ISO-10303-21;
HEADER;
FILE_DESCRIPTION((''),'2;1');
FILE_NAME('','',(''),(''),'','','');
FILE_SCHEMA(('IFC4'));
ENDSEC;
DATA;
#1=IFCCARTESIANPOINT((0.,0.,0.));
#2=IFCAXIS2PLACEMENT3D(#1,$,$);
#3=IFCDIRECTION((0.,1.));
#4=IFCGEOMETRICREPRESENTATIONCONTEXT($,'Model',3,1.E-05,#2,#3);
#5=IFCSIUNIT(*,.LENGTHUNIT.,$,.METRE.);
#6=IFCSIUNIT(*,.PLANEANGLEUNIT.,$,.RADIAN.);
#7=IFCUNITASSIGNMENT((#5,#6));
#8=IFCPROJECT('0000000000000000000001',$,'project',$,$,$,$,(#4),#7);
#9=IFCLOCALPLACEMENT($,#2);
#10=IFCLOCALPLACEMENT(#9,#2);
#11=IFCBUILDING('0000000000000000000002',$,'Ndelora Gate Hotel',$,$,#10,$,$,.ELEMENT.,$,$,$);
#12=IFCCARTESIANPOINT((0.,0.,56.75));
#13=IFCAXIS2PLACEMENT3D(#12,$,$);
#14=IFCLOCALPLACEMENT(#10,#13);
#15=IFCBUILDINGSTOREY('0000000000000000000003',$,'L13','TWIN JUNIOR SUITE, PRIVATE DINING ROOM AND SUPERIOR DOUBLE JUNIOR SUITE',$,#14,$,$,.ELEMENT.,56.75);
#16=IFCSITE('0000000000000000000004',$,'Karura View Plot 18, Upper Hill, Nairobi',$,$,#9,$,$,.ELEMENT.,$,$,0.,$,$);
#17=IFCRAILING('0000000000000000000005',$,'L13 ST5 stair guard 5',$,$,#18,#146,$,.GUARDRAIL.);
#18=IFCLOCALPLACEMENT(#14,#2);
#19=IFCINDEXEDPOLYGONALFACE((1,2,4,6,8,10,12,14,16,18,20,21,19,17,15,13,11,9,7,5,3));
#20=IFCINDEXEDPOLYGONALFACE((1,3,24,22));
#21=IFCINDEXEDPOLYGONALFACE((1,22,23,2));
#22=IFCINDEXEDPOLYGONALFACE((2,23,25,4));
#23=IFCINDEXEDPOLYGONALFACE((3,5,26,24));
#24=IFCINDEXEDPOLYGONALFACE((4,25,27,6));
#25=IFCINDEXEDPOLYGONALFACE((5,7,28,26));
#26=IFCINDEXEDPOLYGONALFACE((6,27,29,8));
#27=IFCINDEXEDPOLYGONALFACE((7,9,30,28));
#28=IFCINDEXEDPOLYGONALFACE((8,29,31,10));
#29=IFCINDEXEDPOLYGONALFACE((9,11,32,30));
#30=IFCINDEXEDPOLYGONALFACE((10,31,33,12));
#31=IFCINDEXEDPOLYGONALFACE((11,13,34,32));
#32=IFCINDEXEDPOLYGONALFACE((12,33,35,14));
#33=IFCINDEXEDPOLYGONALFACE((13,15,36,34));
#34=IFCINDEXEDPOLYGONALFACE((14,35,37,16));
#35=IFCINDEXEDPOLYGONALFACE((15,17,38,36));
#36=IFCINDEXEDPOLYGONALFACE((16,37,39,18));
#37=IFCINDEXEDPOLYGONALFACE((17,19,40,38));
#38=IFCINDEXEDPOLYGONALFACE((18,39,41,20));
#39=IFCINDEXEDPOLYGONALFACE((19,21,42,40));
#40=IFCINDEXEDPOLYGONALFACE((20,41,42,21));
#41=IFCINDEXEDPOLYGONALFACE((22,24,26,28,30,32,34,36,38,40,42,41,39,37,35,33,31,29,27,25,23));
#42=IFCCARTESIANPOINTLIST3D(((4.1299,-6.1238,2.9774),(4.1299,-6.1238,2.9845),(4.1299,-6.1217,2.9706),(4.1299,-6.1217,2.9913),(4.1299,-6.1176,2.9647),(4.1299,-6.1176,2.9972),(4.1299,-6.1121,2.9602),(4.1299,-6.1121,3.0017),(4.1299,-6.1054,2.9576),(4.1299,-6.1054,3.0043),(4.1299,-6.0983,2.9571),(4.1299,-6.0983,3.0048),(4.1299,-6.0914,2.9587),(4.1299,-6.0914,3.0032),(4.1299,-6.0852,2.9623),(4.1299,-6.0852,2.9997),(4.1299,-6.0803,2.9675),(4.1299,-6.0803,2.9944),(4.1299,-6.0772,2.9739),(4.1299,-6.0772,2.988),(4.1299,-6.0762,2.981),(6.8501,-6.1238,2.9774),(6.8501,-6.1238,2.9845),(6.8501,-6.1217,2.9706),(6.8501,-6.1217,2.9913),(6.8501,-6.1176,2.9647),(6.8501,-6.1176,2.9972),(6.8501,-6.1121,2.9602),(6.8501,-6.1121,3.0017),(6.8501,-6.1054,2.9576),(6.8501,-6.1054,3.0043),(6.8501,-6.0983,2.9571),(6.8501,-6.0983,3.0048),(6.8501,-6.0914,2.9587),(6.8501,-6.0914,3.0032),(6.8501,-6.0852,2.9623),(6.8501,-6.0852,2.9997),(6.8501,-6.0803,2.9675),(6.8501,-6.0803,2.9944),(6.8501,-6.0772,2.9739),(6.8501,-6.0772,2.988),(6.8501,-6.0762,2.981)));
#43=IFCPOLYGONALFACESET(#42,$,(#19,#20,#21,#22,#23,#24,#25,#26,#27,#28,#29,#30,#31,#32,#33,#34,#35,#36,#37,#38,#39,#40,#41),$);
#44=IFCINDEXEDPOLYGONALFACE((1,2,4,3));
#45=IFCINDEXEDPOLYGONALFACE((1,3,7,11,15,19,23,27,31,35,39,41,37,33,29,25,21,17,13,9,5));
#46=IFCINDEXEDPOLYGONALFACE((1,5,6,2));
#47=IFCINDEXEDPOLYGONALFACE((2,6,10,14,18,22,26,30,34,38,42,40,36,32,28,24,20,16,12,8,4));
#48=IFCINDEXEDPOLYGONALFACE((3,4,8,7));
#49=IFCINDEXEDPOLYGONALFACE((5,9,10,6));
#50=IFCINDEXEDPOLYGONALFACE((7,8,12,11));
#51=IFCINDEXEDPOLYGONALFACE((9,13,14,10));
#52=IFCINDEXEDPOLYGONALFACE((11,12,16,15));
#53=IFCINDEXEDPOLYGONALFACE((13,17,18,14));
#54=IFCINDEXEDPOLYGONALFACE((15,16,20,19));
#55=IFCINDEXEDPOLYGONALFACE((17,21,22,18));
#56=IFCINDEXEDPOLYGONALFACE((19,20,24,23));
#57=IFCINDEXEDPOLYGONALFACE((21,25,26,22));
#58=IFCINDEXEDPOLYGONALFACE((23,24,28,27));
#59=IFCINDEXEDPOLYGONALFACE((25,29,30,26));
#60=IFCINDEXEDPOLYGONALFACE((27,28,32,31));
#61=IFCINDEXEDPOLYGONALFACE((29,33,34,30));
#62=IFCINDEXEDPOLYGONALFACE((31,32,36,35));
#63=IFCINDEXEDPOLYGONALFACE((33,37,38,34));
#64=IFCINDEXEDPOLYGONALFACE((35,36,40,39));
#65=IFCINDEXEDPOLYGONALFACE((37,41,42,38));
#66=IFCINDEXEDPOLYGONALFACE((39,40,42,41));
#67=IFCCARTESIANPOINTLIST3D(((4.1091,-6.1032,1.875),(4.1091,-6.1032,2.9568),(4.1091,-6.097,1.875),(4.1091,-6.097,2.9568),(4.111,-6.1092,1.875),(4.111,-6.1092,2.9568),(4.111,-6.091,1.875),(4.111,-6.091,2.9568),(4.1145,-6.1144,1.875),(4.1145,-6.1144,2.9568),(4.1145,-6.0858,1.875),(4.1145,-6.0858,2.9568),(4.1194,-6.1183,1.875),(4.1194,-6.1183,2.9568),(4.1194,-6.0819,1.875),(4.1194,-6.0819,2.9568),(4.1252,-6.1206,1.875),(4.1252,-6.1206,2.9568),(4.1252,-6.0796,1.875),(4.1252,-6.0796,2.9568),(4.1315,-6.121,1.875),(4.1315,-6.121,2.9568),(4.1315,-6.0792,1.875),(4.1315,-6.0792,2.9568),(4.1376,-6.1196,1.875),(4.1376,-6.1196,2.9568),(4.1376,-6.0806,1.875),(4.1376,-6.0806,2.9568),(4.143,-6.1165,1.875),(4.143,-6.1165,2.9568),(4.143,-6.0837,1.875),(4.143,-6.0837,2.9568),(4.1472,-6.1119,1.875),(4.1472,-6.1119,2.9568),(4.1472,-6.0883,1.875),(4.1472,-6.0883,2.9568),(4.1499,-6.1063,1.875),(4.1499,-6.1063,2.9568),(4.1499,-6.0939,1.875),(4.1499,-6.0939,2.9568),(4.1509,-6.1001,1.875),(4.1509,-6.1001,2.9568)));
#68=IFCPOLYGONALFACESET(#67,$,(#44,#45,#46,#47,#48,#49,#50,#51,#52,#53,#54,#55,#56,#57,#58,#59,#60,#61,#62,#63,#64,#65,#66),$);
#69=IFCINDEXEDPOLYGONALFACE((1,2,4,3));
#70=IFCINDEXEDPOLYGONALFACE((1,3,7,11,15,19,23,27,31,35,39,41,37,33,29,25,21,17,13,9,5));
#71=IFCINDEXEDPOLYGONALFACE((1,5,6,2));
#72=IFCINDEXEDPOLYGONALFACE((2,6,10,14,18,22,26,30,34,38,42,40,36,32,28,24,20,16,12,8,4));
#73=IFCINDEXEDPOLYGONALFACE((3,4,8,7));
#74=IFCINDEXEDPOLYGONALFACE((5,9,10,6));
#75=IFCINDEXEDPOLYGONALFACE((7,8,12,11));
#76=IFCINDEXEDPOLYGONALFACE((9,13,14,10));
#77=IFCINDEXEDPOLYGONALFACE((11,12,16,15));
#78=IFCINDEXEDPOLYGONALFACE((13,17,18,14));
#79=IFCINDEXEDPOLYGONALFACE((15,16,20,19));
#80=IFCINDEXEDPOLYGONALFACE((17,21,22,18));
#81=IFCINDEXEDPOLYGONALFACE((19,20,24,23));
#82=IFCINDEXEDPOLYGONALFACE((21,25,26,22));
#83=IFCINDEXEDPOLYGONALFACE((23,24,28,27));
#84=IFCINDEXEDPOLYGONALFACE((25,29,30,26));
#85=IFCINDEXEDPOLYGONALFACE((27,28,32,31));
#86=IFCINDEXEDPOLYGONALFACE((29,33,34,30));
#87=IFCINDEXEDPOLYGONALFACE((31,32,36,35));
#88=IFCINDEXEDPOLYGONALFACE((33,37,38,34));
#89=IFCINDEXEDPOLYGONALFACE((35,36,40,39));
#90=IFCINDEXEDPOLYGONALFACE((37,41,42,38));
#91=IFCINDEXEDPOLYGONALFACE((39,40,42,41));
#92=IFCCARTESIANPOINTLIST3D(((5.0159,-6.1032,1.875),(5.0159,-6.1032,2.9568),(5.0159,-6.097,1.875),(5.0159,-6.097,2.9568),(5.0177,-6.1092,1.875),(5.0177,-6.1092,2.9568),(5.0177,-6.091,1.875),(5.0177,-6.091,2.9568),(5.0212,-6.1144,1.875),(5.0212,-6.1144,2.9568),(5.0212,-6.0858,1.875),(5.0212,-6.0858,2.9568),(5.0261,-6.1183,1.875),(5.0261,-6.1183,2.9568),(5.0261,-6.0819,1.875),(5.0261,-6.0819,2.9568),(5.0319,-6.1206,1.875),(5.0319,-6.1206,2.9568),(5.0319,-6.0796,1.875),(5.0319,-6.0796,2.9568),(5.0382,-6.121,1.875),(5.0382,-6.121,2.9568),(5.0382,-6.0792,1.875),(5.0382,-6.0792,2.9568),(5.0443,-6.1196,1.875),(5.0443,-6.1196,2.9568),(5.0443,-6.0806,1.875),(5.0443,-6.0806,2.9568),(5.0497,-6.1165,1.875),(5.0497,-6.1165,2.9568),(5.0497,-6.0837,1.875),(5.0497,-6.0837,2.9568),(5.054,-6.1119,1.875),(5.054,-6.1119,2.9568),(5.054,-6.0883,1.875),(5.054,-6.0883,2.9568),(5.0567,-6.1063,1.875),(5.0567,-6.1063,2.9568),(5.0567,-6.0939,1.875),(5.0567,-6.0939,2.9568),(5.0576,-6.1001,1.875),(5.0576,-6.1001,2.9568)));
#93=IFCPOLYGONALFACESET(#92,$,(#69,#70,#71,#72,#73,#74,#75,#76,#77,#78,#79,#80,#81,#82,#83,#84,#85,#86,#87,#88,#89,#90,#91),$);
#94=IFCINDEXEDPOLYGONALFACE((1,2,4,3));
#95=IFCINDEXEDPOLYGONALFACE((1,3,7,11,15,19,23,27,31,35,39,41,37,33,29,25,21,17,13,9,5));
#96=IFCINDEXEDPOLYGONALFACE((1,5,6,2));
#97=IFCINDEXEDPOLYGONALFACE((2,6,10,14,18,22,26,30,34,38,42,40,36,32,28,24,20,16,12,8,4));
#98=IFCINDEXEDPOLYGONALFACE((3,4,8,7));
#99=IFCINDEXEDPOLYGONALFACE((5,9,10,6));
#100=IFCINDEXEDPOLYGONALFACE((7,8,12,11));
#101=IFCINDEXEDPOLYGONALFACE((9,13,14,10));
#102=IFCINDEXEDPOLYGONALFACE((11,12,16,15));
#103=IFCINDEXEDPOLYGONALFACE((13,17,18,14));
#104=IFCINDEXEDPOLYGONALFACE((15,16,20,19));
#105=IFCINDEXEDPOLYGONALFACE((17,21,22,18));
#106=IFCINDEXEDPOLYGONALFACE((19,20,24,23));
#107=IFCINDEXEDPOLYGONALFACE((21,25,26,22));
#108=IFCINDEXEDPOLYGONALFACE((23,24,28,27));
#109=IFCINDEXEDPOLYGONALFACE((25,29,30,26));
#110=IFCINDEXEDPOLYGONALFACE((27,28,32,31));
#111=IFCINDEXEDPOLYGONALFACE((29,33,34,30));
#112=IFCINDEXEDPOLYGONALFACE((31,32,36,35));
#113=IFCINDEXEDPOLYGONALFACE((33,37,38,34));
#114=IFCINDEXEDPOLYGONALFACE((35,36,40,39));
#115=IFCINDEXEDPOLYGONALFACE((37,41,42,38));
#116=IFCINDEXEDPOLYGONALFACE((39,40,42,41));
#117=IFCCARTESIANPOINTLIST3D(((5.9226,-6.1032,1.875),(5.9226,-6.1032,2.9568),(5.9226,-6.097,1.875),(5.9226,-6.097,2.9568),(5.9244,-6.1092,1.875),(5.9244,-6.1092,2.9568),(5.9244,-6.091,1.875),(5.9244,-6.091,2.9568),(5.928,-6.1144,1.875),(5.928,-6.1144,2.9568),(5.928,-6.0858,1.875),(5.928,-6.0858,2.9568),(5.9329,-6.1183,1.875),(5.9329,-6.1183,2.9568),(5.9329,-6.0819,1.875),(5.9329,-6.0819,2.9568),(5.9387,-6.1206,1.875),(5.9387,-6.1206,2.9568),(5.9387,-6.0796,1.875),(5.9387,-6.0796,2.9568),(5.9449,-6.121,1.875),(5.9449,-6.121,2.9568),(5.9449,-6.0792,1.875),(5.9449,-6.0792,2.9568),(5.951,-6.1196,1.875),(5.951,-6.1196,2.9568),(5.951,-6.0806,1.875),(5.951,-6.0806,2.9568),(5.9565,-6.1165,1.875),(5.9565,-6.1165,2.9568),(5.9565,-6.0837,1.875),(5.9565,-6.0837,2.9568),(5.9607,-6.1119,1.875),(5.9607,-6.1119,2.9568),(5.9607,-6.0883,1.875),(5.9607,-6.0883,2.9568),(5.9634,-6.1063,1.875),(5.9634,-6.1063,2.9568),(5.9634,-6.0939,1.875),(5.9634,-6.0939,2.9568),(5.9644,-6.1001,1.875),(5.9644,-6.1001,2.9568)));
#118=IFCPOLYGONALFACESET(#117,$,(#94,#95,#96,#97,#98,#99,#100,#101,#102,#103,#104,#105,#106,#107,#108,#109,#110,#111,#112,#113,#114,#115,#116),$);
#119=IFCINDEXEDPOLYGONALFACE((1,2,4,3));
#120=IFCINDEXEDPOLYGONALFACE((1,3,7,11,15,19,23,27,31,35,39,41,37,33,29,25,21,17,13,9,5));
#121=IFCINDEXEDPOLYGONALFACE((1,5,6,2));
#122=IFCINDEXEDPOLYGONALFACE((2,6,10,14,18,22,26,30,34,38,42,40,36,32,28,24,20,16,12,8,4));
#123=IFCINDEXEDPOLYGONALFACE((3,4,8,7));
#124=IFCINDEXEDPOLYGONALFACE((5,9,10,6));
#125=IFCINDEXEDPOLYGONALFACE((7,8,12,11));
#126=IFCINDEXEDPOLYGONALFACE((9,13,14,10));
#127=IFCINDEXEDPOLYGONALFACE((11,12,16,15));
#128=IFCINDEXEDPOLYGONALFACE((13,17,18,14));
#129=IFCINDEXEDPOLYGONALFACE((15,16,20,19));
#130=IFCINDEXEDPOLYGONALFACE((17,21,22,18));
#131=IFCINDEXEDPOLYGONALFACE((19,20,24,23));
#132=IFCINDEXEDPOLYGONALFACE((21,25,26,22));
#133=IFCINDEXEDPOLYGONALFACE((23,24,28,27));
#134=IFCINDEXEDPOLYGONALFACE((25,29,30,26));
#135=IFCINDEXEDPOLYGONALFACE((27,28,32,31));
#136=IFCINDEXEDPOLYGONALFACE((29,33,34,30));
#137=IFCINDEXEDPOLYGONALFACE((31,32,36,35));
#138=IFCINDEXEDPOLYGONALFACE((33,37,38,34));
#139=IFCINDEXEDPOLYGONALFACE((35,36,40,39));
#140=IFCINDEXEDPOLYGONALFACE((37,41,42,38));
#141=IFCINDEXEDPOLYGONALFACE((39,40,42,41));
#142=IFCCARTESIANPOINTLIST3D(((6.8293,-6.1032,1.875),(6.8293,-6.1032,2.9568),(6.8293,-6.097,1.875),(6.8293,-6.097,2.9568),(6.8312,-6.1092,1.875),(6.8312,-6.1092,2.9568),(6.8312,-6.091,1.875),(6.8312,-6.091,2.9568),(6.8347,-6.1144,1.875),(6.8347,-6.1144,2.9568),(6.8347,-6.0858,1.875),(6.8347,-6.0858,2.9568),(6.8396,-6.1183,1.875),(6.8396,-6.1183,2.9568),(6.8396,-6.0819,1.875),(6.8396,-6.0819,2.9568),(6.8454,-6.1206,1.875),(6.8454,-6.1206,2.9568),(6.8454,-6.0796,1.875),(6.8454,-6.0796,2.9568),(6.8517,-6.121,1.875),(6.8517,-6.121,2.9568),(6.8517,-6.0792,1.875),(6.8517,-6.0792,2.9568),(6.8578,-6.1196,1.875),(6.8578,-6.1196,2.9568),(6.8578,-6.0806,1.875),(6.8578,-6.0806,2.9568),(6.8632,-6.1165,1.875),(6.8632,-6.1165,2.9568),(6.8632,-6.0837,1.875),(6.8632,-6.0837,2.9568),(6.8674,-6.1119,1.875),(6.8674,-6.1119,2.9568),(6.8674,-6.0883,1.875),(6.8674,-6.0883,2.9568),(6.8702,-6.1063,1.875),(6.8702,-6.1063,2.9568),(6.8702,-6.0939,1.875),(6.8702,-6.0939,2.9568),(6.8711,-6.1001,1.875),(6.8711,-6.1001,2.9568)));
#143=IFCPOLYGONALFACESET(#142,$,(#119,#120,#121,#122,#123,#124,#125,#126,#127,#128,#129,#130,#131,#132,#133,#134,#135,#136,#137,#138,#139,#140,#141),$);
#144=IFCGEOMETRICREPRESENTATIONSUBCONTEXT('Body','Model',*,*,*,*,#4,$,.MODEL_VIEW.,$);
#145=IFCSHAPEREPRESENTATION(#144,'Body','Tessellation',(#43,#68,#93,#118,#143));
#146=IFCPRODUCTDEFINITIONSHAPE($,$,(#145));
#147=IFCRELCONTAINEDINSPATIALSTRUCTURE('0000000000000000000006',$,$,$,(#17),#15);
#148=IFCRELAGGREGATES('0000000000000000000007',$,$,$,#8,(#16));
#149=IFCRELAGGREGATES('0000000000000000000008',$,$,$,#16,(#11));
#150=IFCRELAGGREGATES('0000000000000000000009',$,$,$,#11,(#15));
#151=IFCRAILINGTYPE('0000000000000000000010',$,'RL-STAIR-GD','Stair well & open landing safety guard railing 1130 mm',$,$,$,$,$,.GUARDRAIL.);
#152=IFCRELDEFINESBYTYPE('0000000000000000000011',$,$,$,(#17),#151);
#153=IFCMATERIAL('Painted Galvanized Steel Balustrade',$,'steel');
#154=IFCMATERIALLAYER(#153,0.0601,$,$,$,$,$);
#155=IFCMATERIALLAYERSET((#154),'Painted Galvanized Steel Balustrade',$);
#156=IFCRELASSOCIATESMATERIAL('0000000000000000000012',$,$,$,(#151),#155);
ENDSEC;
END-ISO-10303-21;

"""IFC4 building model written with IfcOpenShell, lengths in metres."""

from ifc_helpers import new_model, si_unit, direction, frame, origin, origin_2d, place, context, subcontext, project, spatial, circle, extrude, material, layer, layer_set, type_object, element, save


model = new_model("IFC4")

# Units and contexts
model_context = context("Model", 3, precision=1e-05, world=origin(), true_north=direction((0.0, 1.0)))
body_context = subcontext(model_context, "Body", "Model", "MODEL_VIEW")
ifc_project = project(units=[si_unit("LENGTHUNIT", "METRE"), si_unit("PLANEANGLEUNIT", "RADIAN")], contexts=[model_context])

# Site, building, storey
site_placement = place(None, origin())
site = spatial("IfcSite", under=ifc_project, at=site_placement, Name="Karura View Plot 18, Upper Hill, Nairobi", CompositionType="ELEMENT", RefElevation=0.0)
building_placement = place(site_placement, origin())
building = spatial("IfcBuilding", under=site, at=building_placement, Name="Ndelora Gate Hotel", CompositionType="ELEMENT")
storey_placement = place(building_placement, frame((0.0, 0.0, 56.75)))
storey = spatial("IfcBuildingStorey", under=building, at=storey_placement, Name="L13", Description="TWIN JUNIOR SUITE, PRIVATE DINING ROOM AND SUPERIOR DOUBLE JUNIOR SUITE", CompositionType="ELEMENT", Elevation=56.75)

# Railing
ifc_material_1 = material(Name="Painted Galvanized Steel Balustrade", Category="steel")
ifc_layer_1 = layer(ifc_material_1, 0.0601)
ifc_layer_set_1 = layer_set([ifc_layer_1], Name="Painted Galvanized Steel Balustrade")
railing_type_1 = type_object("IfcRailingType", Name="RL-STAIR-GD", Description="Stair well & open landing safety guard railing 1130 mm", PredefinedType="GUARDRAIL", material=ifc_layer_set_1)
railing_1_placement = place(storey_placement, frame((4.1299, -6.1001, 1.875)))
element("IfcRailing", 1, at=railing_1_placement, inside=storey, type_object=railing_type_1, Name="L13 ST5 stair guard 5", PredefinedType="GUARDRAIL", context=body_context, shape_type="SweptSolid", body=[
    extrude(circle(Radius=0.0239, at=origin_2d()), frame((0.0, 0.0, 1.106), z_axis=(1.0, 0.0, 0.0), x_axis=(0.0, 1.0, 0.0)), (0.0, 0.0, 1.0), 2.7202),
    extrude(circle(Radius=0.021, at=origin_2d()), origin(), (0.0, 0.0, 1.0), 1.0818),
    extrude(circle(Radius=0.021, at=origin_2d()), frame((0.9067, 0.0, 0.0)), (0.0, 0.0, 1.0), 1.0818),
    extrude(circle(Radius=0.021, at=origin_2d()), frame((1.8135, 0.0, 0.0)), (0.0, 0.0, 1.0), 1.0818),
    extrude(circle(Radius=0.021, at=origin_2d()), frame((2.7202, 0.0, 0.0)), (0.0, 0.0, 1.0), 1.0818),
])

save(model, "model.ifc")
